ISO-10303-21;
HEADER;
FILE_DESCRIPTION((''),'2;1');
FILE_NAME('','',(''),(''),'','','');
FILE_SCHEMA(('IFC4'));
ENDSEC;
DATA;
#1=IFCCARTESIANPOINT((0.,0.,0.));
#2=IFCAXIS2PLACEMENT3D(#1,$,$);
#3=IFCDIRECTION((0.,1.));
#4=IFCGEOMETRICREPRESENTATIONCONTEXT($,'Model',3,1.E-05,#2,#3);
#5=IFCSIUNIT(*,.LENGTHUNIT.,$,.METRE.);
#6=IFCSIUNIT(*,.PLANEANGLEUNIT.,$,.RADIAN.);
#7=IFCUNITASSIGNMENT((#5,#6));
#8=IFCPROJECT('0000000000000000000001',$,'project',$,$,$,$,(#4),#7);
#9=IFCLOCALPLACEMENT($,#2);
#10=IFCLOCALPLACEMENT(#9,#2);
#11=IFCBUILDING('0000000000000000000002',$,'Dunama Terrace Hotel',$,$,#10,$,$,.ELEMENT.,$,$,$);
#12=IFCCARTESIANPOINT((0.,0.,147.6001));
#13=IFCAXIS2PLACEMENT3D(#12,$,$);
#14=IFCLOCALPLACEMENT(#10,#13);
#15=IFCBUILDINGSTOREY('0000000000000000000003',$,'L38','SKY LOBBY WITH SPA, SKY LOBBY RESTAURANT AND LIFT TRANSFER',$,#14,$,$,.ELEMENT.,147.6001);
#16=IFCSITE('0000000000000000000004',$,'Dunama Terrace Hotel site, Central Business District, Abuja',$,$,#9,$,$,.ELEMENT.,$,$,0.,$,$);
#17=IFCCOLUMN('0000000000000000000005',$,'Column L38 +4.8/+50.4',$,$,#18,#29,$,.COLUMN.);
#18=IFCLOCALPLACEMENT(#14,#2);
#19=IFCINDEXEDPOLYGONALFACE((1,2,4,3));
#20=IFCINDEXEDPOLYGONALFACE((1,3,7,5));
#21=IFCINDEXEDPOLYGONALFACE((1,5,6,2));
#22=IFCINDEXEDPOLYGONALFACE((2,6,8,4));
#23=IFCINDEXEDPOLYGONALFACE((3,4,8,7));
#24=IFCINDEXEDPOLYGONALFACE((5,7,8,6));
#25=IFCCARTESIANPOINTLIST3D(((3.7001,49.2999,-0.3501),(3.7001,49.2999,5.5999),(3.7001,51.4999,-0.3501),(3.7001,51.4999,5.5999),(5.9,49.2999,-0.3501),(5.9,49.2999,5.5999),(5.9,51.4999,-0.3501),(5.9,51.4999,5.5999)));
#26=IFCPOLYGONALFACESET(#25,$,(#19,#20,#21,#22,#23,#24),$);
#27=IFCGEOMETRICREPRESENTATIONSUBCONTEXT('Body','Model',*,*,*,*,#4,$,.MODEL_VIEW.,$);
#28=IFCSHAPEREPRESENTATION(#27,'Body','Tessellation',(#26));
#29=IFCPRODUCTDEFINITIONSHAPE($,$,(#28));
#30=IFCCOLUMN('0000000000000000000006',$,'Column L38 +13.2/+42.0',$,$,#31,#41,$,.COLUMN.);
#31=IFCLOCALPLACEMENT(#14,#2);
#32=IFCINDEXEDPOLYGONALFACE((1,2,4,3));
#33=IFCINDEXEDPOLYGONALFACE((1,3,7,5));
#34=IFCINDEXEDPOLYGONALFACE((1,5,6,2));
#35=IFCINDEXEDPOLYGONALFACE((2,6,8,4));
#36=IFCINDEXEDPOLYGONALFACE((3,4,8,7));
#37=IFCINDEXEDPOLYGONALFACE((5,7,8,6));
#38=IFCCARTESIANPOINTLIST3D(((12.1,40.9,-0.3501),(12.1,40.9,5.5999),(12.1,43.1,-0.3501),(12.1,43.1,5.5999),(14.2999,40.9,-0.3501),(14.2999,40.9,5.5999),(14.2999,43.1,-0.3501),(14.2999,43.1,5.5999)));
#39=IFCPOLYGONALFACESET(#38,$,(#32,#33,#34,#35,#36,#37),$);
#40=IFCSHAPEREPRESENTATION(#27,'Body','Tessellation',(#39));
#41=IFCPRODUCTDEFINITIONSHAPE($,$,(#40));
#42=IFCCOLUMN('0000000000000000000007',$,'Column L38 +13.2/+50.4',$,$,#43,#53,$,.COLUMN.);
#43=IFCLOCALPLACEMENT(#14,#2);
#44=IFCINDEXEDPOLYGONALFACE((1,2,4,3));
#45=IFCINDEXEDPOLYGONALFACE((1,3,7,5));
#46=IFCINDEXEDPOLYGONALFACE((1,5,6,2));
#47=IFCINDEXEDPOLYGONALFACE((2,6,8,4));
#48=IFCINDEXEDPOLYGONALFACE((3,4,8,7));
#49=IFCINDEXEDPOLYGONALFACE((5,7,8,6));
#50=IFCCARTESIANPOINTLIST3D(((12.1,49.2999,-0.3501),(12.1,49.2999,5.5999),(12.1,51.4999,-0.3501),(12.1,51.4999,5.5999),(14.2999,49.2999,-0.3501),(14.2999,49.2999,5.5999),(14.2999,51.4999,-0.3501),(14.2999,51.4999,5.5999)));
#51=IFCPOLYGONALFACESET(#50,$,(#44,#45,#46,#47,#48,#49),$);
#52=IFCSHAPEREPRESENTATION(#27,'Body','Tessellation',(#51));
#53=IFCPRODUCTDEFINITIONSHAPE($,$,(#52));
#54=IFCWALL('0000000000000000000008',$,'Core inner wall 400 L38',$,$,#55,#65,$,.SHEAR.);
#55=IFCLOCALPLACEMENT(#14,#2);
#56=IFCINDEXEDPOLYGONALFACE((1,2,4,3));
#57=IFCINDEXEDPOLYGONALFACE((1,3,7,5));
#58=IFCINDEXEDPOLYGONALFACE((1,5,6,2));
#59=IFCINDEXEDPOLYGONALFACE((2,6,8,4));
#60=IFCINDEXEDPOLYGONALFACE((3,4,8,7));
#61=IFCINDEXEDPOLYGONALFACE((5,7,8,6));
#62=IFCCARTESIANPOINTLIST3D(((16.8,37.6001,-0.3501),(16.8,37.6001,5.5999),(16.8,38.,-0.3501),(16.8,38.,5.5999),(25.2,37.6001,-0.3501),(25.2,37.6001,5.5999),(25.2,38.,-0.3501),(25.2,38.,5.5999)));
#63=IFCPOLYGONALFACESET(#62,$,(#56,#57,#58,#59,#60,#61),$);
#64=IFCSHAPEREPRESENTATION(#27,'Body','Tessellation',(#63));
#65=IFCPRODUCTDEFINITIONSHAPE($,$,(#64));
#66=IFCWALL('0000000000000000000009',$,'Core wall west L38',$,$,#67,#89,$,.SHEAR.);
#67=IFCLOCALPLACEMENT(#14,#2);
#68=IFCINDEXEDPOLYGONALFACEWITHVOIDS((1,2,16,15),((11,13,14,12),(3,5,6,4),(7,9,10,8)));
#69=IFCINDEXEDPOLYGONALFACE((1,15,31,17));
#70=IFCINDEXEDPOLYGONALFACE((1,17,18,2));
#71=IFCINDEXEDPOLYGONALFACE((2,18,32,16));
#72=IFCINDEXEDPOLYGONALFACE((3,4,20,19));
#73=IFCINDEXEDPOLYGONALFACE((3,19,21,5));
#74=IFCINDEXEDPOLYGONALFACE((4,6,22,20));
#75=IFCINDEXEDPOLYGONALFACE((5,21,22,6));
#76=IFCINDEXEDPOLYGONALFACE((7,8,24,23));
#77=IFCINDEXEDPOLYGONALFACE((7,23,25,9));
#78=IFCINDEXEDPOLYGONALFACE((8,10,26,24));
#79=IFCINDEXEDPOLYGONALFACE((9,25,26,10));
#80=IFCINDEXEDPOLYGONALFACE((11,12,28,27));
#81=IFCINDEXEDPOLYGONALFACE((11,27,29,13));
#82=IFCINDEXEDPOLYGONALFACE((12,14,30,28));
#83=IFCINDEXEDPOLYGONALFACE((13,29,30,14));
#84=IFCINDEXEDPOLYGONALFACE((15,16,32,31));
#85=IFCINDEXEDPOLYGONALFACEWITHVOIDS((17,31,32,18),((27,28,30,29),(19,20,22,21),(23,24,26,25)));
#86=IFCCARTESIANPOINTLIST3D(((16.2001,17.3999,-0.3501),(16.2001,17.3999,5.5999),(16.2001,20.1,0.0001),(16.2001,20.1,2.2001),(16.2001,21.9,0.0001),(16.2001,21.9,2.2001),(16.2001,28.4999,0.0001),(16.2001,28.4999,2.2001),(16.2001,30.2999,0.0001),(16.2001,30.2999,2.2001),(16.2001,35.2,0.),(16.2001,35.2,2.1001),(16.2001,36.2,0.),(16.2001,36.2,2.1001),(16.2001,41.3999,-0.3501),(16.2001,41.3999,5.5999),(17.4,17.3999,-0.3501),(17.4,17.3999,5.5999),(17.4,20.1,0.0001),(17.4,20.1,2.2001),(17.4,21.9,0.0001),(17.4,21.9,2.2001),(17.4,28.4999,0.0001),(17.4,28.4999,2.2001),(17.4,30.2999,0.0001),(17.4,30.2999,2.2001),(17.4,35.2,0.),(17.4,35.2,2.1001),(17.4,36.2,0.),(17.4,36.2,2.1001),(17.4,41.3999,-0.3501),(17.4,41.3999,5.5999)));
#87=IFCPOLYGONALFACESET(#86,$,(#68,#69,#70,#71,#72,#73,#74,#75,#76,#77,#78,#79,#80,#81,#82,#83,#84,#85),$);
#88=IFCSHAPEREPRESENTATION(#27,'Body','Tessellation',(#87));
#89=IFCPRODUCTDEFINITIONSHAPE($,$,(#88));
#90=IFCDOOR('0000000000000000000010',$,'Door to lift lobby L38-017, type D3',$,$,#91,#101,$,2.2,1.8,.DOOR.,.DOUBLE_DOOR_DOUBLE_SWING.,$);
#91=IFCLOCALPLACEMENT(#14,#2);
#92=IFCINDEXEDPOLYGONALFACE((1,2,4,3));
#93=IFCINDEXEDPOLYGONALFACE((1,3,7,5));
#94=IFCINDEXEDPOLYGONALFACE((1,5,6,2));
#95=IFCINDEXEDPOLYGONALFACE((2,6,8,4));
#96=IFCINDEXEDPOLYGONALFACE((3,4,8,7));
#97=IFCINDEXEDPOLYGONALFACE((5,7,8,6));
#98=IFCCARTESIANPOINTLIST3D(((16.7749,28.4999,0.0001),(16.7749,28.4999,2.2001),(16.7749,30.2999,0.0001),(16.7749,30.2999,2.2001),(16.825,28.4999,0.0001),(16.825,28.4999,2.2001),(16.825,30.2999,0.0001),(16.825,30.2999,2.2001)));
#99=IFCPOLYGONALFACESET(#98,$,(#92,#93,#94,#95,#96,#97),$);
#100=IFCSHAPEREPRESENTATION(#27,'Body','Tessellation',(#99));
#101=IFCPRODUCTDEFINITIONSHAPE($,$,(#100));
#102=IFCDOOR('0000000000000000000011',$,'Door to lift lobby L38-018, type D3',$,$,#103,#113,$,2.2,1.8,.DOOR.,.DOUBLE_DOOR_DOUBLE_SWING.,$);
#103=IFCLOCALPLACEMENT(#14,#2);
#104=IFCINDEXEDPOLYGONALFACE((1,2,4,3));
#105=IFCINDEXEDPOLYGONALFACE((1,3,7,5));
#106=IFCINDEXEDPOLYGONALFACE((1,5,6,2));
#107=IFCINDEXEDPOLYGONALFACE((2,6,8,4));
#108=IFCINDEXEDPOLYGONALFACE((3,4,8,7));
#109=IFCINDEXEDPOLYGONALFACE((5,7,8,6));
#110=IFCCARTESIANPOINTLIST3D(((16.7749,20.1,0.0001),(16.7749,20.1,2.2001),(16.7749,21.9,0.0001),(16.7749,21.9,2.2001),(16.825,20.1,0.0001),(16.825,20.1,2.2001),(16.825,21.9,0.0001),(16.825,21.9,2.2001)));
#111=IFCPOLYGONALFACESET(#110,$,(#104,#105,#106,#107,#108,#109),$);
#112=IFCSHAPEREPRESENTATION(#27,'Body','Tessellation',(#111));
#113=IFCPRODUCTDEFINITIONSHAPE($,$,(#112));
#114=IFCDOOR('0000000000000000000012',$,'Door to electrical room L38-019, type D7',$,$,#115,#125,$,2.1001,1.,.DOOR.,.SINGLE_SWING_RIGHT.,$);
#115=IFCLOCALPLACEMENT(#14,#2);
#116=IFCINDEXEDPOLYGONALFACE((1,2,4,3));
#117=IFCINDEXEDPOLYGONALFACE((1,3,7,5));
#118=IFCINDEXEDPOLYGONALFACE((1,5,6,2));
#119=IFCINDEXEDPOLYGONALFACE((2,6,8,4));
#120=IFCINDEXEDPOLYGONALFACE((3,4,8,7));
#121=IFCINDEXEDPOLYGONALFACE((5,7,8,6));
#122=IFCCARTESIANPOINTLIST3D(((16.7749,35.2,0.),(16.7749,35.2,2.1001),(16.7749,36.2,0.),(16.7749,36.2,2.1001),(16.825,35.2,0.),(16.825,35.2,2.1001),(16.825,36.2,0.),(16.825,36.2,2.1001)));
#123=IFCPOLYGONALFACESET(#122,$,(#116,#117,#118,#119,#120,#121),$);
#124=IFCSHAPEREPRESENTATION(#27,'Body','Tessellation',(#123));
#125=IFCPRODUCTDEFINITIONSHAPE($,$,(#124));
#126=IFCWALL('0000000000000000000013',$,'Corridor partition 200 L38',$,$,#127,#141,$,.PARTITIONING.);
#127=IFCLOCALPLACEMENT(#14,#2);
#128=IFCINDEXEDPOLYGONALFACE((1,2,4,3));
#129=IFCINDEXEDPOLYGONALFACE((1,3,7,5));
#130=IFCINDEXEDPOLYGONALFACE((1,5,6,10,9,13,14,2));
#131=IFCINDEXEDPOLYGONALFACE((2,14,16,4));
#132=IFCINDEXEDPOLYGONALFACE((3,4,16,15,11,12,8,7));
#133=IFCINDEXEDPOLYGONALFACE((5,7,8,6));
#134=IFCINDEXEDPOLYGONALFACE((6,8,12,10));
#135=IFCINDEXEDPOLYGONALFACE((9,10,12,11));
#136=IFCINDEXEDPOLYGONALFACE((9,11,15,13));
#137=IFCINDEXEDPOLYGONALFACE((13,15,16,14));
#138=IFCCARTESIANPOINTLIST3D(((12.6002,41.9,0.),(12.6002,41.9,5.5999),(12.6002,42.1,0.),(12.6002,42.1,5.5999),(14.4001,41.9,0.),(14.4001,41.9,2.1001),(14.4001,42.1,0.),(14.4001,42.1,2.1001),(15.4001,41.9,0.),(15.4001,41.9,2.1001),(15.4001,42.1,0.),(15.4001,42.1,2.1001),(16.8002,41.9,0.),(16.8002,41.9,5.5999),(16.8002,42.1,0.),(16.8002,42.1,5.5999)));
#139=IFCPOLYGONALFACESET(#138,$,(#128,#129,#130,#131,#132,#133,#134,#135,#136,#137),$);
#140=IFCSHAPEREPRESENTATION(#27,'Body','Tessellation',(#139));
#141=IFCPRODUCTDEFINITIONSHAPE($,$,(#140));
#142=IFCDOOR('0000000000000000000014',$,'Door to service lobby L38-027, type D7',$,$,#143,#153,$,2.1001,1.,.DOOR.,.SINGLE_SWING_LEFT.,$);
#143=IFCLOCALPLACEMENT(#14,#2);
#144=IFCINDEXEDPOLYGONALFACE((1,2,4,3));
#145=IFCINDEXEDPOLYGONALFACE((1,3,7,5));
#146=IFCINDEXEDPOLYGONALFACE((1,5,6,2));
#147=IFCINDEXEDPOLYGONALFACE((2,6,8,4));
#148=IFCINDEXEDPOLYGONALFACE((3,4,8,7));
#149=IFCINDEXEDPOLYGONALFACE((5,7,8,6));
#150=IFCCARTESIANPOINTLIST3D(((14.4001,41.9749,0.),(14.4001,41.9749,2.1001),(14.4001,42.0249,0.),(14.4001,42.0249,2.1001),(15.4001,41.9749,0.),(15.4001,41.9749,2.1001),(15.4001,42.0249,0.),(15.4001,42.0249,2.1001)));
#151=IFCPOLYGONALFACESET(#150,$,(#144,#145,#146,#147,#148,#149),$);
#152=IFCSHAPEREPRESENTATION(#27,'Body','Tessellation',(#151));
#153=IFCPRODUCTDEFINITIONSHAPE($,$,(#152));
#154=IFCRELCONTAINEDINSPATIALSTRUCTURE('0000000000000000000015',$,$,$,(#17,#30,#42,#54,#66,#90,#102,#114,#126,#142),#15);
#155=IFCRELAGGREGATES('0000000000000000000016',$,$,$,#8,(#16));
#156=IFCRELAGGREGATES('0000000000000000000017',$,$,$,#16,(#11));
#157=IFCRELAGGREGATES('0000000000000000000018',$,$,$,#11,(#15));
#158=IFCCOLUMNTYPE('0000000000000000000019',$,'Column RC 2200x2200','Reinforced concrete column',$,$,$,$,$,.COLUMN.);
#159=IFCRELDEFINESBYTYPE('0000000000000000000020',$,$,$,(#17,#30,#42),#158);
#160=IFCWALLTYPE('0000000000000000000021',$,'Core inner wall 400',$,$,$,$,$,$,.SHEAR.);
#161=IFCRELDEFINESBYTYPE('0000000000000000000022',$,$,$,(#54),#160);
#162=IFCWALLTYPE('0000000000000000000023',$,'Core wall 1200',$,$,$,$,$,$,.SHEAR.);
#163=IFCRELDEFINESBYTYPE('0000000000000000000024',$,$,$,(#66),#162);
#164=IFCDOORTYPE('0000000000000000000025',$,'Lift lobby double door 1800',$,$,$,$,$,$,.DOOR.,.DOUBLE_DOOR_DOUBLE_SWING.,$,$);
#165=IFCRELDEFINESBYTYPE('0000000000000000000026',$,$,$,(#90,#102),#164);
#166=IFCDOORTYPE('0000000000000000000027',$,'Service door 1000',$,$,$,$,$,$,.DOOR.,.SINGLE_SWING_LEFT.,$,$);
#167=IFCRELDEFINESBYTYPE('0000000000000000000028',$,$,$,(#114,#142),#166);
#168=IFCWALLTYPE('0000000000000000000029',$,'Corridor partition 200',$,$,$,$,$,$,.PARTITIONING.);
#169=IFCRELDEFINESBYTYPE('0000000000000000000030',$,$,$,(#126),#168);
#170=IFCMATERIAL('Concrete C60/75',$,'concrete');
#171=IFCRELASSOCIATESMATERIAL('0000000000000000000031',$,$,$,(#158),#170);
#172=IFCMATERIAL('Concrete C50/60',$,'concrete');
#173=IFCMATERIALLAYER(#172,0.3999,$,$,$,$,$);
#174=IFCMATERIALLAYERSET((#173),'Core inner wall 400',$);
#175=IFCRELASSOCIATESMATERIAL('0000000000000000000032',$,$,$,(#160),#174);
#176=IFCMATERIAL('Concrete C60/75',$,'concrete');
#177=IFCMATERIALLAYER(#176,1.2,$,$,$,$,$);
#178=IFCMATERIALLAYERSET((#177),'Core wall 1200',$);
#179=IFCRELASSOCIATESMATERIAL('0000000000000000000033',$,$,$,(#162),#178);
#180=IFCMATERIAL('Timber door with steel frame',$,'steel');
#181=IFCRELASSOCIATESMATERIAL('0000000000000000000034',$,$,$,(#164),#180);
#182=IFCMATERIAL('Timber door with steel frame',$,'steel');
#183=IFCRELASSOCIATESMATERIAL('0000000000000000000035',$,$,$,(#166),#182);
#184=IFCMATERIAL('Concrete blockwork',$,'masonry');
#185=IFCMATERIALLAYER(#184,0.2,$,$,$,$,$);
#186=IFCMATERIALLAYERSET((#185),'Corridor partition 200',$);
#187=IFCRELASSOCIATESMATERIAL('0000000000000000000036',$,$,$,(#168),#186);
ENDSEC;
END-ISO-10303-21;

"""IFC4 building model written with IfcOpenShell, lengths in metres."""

from ifc_helpers import new_model, si_unit, direction, frame, frame_2d, origin, origin_2d, place, context, subcontext, project, spatial, rectangle, extrude, material, layer, layer_set, material_profile, profile_set, type_object, element, fill, save


model = new_model("IFC4")

# Units and contexts
model_context = context("Model", 3, precision=1e-05, world=origin(), true_north=direction((0.0, 1.0)))
body_context = subcontext(model_context, "Body", "Model", "MODEL_VIEW")
ifc_project = project(units=[si_unit("LENGTHUNIT", "METRE"), si_unit("PLANEANGLEUNIT", "RADIAN")], contexts=[model_context])

# Site, building, storey
site_placement = place(None, origin())
site = spatial("IfcSite", under=ifc_project, at=site_placement, Name="Dunama Terrace Hotel site, Central Business District, Abuja", CompositionType="ELEMENT", RefElevation=0.0)
building_placement = place(site_placement, origin())
building = spatial("IfcBuilding", under=site, at=building_placement, Name="Dunama Terrace Hotel", CompositionType="ELEMENT")
storey_placement = place(building_placement, frame((0.0, 0.0, 147.6001)))
storey = spatial("IfcBuildingStorey", under=building, at=storey_placement, Name="L38", Description="SKY LOBBY WITH SPA, SKY LOBBY RESTAURANT AND LIFT TRANSFER", CompositionType="ELEMENT", Elevation=147.6001)

# Columns
ifc_material_1 = material(Name="Concrete C60/75", Category="concrete")
ifc_material_profile = material_profile(ifc_material_1, rectangle(XDim=2.2, YDim=2.2, at=origin_2d()), Name="RC 2200x2200")
ifc_profile_set = profile_set([ifc_material_profile], Name="Concrete C60/75")
column_type = type_object("IfcColumnType", Name="Column RC 2200x2200", Description="Reinforced concrete column", PredefinedType="COLUMN", material=ifc_profile_set)
for number, where, z_axis, x_axis, name in (
    (1, (4.8, 50.3999, -0.3501), (0.0, 0.0, 1.0), (1.0, 0.0, 0.0), "Column L38 +4.8/+50.4"),
    (2, (13.2, 42.0, -0.3501), (0.0, 0.0, 1.0), (1.0, 0.0, 0.0), "Column L38 +13.2/+42.0"),
    (3, (13.2, 50.3999, -0.3501), (0.0, 0.0, 1.0), (1.0, 0.0, 0.0), "Column L38 +13.2/+50.4"),
):
    element("IfcColumn", number, at=place(storey_placement, frame(where, z_axis=z_axis, x_axis=x_axis)), inside=storey, type_object=column_type, Name=name, PredefinedType="COLUMN", context=body_context, shape_type="SweptSolid", body=[
        extrude(rectangle(XDim=2.2, YDim=2.2, at=origin_2d()), origin(), (0.0, 0.0, 1.0), 5.95),
    ])

# Wall
ifc_material_2 = material(Name="Concrete C50/60", Category="concrete")
ifc_layer_1 = layer(ifc_material_2, 0.3999)
ifc_layer_set_1 = layer_set([ifc_layer_1], Name="Core inner wall 400")
wall_type_1 = type_object("IfcWallType", Name="Core inner wall 400", PredefinedType="SHEAR", material=ifc_layer_set_1)
wall_1_placement = place(storey_placement, frame((16.8, 37.8, -0.3501), z_axis=(0.0, 0.0, 1.0), x_axis=(1.0, 0.0, 0.0)))
element("IfcWall", 4, at=wall_1_placement, inside=storey, type_object=wall_type_1, Name="Core inner wall 400 L38", PredefinedType="SHEAR", context=body_context, shape_type="SweptSolid", body=[
    extrude(rectangle(XDim=8.3999, YDim=0.3999, at=frame_2d((4.2, 0.0))), origin(), (0.0, 0.0, 1.0), 5.95),
])

# Wall, openings, doors
ifc_material_3 = material(Name="Concrete C60/75", Category="concrete")
ifc_layer_2 = layer(ifc_material_3, 1.2)
ifc_layer_set_2 = layer_set([ifc_layer_2], Name="Core wall 1200")
wall_type_2 = type_object("IfcWallType", Name="Core wall 1200", PredefinedType="SHEAR", material=ifc_layer_set_2)
wall_2_placement = place(storey_placement, frame((16.8, 41.3999, -0.3501), z_axis=(0.0, 0.0, 1.0), x_axis=(0.0, -1.0, 0.0)))
wall_2 = element("IfcWall", 5, at=wall_2_placement, inside=storey, type_object=wall_type_2, Name="Core wall west L38", PredefinedType="SHEAR", context=body_context, shape_type="SweptSolid", body=[
    extrude(rectangle(XDim=24.0, YDim=1.2, at=frame_2d((12.0, 0.0))), origin(), (0.0, 0.0, 1.0), 5.95),
])
opening_1_placement = place(wall_2_placement, frame((11.1001, 0.0, 0.3501)))
opening_1 = element("IfcOpeningElement", 6, at=opening_1_placement, cuts=wall_2, PredefinedType="OPENING", context=body_context, shape_type="SweptSolid", body=[
    extrude(rectangle(XDim=1.8, YDim=2.2, at=frame_2d((0.8999, 1.1001))), frame((0.0, 0.6099, 0.0), z_axis=(0.0, -1.0, 0.0), x_axis=(1.0, 0.0, 0.0)), (0.0, 0.0, 1.0), 1.22),
])
opening_2_placement = place(wall_2_placement, frame((19.5, 0.0, 0.3501)))
opening_2 = element("IfcOpeningElement", 7, at=opening_2_placement, cuts=wall_2, PredefinedType="OPENING", context=body_context, shape_type="SweptSolid", body=[
    extrude(rectangle(XDim=1.8, YDim=2.2, at=frame_2d((0.8999, 1.1001))), frame((0.0, 0.6099, 0.0), z_axis=(0.0, -1.0, 0.0), x_axis=(1.0, 0.0, 0.0)), (0.0, 0.0, 1.0), 1.22),
])
opening_3_placement = place(wall_2_placement, frame((5.2, 0.0, 0.3501)))
opening_3 = element("IfcOpeningElement", 8, at=opening_3_placement, cuts=wall_2, PredefinedType="OPENING", context=body_context, shape_type="SweptSolid", body=[
    extrude(rectangle(XDim=1.0, YDim=2.1001, at=frame_2d((0.5, 1.05))), frame((0.0, 0.6099, 0.0), z_axis=(0.0, -1.0, 0.0), x_axis=(1.0, 0.0, 0.0)), (0.0, 0.0, 1.0), 1.22),
])
ifc_material_4 = material(Name="Timber door with steel frame", Category="steel")
door_type_1 = type_object("IfcDoorType", Name="Lift lobby double door 1800", OperationType="DOUBLE_DOOR_DOUBLE_SWING", PredefinedType="DOOR", material=ifc_material_4)
door_1_placement = place(opening_1_placement, origin())
door_1 = element("IfcDoor", 9, at=door_1_placement, inside=storey, type_object=door_type_1, Name="Door to lift lobby L38-017, type D3", OperationType="DOUBLE_DOOR_DOUBLE_SWING", OverallHeight=2.2, OverallWidth=1.8, PredefinedType="DOOR", context=body_context, shape_type="SweptSolid", body=[
    extrude(rectangle(XDim=1.8, YDim=2.2, at=frame_2d((0.8999, 1.1001))), frame((0.0, 0.0249, 0.0), z_axis=(0.0, -1.0, 0.0), x_axis=(1.0, 0.0, 0.0)), (0.0, 0.0, 1.0), 0.05),
])
fill(opening_1, door_1)
door_2_placement = place(opening_2_placement, origin())
door_2 = element("IfcDoor", 10, at=door_2_placement, inside=storey, type_object=door_type_1, Name="Door to lift lobby L38-018, type D3", OperationType="DOUBLE_DOOR_DOUBLE_SWING", OverallHeight=2.2, OverallWidth=1.8, PredefinedType="DOOR", context=body_context, shape_type="SweptSolid", body=[
    extrude(rectangle(XDim=1.8, YDim=2.2, at=frame_2d((0.8999, 1.1001))), frame((0.0, 0.0249, 0.0), z_axis=(0.0, -1.0, 0.0), x_axis=(1.0, 0.0, 0.0)), (0.0, 0.0, 1.0), 0.05),
])
fill(opening_2, door_2)
ifc_material_5 = material(Name="Timber door with steel frame", Category="steel")
door_type_2 = type_object("IfcDoorType", Name="Service door 1000", OperationType="SINGLE_SWING_LEFT", PredefinedType="DOOR", material=ifc_material_5)
door_3_placement = place(opening_3_placement, origin())
door_3 = element("IfcDoor", 11, at=door_3_placement, inside=storey, type_object=door_type_2, Name="Door to electrical room L38-019, type D7", OperationType="SINGLE_SWING_RIGHT", OverallHeight=2.1001, OverallWidth=1.0, PredefinedType="DOOR", context=body_context, shape_type="SweptSolid", body=[
    extrude(rectangle(XDim=1.0, YDim=2.1001, at=frame_2d((0.5, 1.05))), frame((0.0, 0.0249, 0.0), z_axis=(0.0, -1.0, 0.0), x_axis=(1.0, 0.0, 0.0)), (0.0, 0.0, 1.0), 0.05),
])
fill(opening_3, door_3)

# Wall, opening, door
ifc_material_6 = material(Name="Concrete blockwork", Category="masonry")
ifc_layer_3 = layer(ifc_material_6, 0.2)
ifc_layer_set_3 = layer_set([ifc_layer_3], Name="Corridor partition 200")
wall_type_3 = type_object("IfcWallType", Name="Corridor partition 200", PredefinedType="PARTITIONING", material=ifc_layer_set_3)
wall_3_placement = place(storey_placement, frame((12.6001, 42.0, 0.0), z_axis=(0.0, 0.0, 1.0), x_axis=(1.0, 0.0, 0.0)))
wall_3 = element("IfcWall", 12, at=wall_3_placement, inside=storey, type_object=wall_type_3, Name="Corridor partition 200 L38", PredefinedType="PARTITIONING", context=body_context, shape_type="SweptSolid", body=[
    extrude(rectangle(XDim=4.2, YDim=0.2, at=frame_2d((2.1001, 0.0))), origin(), (0.0, 0.0, 1.0), 5.5999),
])
opening_4_placement = place(wall_3_placement, frame((1.8, 0.0, 0.0)))
opening_4 = element("IfcOpeningElement", 13, at=opening_4_placement, cuts=wall_3, PredefinedType="OPENING", context=body_context, shape_type="SweptSolid", body=[
    extrude(rectangle(XDim=1.0, YDim=2.1001, at=frame_2d((0.5, 1.05))), frame((0.0, 0.1099, 0.0), z_axis=(0.0, -1.0, 0.0), x_axis=(1.0, 0.0, 0.0)), (0.0, 0.0, 1.0), 0.22),
])
door_4_placement = place(opening_4_placement, origin())
door_4 = element("IfcDoor", 14, at=door_4_placement, inside=storey, type_object=door_type_2, Name="Door to service lobby L38-027, type D7", OperationType="SINGLE_SWING_LEFT", OverallHeight=2.1001, OverallWidth=1.0, PredefinedType="DOOR", context=body_context, shape_type="SweptSolid", body=[
    extrude(rectangle(XDim=1.0, YDim=2.1001, at=frame_2d((0.5, 1.05))), frame((0.0, 0.0249, 0.0), z_axis=(0.0, -1.0, 0.0), x_axis=(1.0, 0.0, 0.0)), (0.0, 0.0, 1.0), 0.05),
])
fill(opening_4, door_4)

save(model, "model.ifc")
